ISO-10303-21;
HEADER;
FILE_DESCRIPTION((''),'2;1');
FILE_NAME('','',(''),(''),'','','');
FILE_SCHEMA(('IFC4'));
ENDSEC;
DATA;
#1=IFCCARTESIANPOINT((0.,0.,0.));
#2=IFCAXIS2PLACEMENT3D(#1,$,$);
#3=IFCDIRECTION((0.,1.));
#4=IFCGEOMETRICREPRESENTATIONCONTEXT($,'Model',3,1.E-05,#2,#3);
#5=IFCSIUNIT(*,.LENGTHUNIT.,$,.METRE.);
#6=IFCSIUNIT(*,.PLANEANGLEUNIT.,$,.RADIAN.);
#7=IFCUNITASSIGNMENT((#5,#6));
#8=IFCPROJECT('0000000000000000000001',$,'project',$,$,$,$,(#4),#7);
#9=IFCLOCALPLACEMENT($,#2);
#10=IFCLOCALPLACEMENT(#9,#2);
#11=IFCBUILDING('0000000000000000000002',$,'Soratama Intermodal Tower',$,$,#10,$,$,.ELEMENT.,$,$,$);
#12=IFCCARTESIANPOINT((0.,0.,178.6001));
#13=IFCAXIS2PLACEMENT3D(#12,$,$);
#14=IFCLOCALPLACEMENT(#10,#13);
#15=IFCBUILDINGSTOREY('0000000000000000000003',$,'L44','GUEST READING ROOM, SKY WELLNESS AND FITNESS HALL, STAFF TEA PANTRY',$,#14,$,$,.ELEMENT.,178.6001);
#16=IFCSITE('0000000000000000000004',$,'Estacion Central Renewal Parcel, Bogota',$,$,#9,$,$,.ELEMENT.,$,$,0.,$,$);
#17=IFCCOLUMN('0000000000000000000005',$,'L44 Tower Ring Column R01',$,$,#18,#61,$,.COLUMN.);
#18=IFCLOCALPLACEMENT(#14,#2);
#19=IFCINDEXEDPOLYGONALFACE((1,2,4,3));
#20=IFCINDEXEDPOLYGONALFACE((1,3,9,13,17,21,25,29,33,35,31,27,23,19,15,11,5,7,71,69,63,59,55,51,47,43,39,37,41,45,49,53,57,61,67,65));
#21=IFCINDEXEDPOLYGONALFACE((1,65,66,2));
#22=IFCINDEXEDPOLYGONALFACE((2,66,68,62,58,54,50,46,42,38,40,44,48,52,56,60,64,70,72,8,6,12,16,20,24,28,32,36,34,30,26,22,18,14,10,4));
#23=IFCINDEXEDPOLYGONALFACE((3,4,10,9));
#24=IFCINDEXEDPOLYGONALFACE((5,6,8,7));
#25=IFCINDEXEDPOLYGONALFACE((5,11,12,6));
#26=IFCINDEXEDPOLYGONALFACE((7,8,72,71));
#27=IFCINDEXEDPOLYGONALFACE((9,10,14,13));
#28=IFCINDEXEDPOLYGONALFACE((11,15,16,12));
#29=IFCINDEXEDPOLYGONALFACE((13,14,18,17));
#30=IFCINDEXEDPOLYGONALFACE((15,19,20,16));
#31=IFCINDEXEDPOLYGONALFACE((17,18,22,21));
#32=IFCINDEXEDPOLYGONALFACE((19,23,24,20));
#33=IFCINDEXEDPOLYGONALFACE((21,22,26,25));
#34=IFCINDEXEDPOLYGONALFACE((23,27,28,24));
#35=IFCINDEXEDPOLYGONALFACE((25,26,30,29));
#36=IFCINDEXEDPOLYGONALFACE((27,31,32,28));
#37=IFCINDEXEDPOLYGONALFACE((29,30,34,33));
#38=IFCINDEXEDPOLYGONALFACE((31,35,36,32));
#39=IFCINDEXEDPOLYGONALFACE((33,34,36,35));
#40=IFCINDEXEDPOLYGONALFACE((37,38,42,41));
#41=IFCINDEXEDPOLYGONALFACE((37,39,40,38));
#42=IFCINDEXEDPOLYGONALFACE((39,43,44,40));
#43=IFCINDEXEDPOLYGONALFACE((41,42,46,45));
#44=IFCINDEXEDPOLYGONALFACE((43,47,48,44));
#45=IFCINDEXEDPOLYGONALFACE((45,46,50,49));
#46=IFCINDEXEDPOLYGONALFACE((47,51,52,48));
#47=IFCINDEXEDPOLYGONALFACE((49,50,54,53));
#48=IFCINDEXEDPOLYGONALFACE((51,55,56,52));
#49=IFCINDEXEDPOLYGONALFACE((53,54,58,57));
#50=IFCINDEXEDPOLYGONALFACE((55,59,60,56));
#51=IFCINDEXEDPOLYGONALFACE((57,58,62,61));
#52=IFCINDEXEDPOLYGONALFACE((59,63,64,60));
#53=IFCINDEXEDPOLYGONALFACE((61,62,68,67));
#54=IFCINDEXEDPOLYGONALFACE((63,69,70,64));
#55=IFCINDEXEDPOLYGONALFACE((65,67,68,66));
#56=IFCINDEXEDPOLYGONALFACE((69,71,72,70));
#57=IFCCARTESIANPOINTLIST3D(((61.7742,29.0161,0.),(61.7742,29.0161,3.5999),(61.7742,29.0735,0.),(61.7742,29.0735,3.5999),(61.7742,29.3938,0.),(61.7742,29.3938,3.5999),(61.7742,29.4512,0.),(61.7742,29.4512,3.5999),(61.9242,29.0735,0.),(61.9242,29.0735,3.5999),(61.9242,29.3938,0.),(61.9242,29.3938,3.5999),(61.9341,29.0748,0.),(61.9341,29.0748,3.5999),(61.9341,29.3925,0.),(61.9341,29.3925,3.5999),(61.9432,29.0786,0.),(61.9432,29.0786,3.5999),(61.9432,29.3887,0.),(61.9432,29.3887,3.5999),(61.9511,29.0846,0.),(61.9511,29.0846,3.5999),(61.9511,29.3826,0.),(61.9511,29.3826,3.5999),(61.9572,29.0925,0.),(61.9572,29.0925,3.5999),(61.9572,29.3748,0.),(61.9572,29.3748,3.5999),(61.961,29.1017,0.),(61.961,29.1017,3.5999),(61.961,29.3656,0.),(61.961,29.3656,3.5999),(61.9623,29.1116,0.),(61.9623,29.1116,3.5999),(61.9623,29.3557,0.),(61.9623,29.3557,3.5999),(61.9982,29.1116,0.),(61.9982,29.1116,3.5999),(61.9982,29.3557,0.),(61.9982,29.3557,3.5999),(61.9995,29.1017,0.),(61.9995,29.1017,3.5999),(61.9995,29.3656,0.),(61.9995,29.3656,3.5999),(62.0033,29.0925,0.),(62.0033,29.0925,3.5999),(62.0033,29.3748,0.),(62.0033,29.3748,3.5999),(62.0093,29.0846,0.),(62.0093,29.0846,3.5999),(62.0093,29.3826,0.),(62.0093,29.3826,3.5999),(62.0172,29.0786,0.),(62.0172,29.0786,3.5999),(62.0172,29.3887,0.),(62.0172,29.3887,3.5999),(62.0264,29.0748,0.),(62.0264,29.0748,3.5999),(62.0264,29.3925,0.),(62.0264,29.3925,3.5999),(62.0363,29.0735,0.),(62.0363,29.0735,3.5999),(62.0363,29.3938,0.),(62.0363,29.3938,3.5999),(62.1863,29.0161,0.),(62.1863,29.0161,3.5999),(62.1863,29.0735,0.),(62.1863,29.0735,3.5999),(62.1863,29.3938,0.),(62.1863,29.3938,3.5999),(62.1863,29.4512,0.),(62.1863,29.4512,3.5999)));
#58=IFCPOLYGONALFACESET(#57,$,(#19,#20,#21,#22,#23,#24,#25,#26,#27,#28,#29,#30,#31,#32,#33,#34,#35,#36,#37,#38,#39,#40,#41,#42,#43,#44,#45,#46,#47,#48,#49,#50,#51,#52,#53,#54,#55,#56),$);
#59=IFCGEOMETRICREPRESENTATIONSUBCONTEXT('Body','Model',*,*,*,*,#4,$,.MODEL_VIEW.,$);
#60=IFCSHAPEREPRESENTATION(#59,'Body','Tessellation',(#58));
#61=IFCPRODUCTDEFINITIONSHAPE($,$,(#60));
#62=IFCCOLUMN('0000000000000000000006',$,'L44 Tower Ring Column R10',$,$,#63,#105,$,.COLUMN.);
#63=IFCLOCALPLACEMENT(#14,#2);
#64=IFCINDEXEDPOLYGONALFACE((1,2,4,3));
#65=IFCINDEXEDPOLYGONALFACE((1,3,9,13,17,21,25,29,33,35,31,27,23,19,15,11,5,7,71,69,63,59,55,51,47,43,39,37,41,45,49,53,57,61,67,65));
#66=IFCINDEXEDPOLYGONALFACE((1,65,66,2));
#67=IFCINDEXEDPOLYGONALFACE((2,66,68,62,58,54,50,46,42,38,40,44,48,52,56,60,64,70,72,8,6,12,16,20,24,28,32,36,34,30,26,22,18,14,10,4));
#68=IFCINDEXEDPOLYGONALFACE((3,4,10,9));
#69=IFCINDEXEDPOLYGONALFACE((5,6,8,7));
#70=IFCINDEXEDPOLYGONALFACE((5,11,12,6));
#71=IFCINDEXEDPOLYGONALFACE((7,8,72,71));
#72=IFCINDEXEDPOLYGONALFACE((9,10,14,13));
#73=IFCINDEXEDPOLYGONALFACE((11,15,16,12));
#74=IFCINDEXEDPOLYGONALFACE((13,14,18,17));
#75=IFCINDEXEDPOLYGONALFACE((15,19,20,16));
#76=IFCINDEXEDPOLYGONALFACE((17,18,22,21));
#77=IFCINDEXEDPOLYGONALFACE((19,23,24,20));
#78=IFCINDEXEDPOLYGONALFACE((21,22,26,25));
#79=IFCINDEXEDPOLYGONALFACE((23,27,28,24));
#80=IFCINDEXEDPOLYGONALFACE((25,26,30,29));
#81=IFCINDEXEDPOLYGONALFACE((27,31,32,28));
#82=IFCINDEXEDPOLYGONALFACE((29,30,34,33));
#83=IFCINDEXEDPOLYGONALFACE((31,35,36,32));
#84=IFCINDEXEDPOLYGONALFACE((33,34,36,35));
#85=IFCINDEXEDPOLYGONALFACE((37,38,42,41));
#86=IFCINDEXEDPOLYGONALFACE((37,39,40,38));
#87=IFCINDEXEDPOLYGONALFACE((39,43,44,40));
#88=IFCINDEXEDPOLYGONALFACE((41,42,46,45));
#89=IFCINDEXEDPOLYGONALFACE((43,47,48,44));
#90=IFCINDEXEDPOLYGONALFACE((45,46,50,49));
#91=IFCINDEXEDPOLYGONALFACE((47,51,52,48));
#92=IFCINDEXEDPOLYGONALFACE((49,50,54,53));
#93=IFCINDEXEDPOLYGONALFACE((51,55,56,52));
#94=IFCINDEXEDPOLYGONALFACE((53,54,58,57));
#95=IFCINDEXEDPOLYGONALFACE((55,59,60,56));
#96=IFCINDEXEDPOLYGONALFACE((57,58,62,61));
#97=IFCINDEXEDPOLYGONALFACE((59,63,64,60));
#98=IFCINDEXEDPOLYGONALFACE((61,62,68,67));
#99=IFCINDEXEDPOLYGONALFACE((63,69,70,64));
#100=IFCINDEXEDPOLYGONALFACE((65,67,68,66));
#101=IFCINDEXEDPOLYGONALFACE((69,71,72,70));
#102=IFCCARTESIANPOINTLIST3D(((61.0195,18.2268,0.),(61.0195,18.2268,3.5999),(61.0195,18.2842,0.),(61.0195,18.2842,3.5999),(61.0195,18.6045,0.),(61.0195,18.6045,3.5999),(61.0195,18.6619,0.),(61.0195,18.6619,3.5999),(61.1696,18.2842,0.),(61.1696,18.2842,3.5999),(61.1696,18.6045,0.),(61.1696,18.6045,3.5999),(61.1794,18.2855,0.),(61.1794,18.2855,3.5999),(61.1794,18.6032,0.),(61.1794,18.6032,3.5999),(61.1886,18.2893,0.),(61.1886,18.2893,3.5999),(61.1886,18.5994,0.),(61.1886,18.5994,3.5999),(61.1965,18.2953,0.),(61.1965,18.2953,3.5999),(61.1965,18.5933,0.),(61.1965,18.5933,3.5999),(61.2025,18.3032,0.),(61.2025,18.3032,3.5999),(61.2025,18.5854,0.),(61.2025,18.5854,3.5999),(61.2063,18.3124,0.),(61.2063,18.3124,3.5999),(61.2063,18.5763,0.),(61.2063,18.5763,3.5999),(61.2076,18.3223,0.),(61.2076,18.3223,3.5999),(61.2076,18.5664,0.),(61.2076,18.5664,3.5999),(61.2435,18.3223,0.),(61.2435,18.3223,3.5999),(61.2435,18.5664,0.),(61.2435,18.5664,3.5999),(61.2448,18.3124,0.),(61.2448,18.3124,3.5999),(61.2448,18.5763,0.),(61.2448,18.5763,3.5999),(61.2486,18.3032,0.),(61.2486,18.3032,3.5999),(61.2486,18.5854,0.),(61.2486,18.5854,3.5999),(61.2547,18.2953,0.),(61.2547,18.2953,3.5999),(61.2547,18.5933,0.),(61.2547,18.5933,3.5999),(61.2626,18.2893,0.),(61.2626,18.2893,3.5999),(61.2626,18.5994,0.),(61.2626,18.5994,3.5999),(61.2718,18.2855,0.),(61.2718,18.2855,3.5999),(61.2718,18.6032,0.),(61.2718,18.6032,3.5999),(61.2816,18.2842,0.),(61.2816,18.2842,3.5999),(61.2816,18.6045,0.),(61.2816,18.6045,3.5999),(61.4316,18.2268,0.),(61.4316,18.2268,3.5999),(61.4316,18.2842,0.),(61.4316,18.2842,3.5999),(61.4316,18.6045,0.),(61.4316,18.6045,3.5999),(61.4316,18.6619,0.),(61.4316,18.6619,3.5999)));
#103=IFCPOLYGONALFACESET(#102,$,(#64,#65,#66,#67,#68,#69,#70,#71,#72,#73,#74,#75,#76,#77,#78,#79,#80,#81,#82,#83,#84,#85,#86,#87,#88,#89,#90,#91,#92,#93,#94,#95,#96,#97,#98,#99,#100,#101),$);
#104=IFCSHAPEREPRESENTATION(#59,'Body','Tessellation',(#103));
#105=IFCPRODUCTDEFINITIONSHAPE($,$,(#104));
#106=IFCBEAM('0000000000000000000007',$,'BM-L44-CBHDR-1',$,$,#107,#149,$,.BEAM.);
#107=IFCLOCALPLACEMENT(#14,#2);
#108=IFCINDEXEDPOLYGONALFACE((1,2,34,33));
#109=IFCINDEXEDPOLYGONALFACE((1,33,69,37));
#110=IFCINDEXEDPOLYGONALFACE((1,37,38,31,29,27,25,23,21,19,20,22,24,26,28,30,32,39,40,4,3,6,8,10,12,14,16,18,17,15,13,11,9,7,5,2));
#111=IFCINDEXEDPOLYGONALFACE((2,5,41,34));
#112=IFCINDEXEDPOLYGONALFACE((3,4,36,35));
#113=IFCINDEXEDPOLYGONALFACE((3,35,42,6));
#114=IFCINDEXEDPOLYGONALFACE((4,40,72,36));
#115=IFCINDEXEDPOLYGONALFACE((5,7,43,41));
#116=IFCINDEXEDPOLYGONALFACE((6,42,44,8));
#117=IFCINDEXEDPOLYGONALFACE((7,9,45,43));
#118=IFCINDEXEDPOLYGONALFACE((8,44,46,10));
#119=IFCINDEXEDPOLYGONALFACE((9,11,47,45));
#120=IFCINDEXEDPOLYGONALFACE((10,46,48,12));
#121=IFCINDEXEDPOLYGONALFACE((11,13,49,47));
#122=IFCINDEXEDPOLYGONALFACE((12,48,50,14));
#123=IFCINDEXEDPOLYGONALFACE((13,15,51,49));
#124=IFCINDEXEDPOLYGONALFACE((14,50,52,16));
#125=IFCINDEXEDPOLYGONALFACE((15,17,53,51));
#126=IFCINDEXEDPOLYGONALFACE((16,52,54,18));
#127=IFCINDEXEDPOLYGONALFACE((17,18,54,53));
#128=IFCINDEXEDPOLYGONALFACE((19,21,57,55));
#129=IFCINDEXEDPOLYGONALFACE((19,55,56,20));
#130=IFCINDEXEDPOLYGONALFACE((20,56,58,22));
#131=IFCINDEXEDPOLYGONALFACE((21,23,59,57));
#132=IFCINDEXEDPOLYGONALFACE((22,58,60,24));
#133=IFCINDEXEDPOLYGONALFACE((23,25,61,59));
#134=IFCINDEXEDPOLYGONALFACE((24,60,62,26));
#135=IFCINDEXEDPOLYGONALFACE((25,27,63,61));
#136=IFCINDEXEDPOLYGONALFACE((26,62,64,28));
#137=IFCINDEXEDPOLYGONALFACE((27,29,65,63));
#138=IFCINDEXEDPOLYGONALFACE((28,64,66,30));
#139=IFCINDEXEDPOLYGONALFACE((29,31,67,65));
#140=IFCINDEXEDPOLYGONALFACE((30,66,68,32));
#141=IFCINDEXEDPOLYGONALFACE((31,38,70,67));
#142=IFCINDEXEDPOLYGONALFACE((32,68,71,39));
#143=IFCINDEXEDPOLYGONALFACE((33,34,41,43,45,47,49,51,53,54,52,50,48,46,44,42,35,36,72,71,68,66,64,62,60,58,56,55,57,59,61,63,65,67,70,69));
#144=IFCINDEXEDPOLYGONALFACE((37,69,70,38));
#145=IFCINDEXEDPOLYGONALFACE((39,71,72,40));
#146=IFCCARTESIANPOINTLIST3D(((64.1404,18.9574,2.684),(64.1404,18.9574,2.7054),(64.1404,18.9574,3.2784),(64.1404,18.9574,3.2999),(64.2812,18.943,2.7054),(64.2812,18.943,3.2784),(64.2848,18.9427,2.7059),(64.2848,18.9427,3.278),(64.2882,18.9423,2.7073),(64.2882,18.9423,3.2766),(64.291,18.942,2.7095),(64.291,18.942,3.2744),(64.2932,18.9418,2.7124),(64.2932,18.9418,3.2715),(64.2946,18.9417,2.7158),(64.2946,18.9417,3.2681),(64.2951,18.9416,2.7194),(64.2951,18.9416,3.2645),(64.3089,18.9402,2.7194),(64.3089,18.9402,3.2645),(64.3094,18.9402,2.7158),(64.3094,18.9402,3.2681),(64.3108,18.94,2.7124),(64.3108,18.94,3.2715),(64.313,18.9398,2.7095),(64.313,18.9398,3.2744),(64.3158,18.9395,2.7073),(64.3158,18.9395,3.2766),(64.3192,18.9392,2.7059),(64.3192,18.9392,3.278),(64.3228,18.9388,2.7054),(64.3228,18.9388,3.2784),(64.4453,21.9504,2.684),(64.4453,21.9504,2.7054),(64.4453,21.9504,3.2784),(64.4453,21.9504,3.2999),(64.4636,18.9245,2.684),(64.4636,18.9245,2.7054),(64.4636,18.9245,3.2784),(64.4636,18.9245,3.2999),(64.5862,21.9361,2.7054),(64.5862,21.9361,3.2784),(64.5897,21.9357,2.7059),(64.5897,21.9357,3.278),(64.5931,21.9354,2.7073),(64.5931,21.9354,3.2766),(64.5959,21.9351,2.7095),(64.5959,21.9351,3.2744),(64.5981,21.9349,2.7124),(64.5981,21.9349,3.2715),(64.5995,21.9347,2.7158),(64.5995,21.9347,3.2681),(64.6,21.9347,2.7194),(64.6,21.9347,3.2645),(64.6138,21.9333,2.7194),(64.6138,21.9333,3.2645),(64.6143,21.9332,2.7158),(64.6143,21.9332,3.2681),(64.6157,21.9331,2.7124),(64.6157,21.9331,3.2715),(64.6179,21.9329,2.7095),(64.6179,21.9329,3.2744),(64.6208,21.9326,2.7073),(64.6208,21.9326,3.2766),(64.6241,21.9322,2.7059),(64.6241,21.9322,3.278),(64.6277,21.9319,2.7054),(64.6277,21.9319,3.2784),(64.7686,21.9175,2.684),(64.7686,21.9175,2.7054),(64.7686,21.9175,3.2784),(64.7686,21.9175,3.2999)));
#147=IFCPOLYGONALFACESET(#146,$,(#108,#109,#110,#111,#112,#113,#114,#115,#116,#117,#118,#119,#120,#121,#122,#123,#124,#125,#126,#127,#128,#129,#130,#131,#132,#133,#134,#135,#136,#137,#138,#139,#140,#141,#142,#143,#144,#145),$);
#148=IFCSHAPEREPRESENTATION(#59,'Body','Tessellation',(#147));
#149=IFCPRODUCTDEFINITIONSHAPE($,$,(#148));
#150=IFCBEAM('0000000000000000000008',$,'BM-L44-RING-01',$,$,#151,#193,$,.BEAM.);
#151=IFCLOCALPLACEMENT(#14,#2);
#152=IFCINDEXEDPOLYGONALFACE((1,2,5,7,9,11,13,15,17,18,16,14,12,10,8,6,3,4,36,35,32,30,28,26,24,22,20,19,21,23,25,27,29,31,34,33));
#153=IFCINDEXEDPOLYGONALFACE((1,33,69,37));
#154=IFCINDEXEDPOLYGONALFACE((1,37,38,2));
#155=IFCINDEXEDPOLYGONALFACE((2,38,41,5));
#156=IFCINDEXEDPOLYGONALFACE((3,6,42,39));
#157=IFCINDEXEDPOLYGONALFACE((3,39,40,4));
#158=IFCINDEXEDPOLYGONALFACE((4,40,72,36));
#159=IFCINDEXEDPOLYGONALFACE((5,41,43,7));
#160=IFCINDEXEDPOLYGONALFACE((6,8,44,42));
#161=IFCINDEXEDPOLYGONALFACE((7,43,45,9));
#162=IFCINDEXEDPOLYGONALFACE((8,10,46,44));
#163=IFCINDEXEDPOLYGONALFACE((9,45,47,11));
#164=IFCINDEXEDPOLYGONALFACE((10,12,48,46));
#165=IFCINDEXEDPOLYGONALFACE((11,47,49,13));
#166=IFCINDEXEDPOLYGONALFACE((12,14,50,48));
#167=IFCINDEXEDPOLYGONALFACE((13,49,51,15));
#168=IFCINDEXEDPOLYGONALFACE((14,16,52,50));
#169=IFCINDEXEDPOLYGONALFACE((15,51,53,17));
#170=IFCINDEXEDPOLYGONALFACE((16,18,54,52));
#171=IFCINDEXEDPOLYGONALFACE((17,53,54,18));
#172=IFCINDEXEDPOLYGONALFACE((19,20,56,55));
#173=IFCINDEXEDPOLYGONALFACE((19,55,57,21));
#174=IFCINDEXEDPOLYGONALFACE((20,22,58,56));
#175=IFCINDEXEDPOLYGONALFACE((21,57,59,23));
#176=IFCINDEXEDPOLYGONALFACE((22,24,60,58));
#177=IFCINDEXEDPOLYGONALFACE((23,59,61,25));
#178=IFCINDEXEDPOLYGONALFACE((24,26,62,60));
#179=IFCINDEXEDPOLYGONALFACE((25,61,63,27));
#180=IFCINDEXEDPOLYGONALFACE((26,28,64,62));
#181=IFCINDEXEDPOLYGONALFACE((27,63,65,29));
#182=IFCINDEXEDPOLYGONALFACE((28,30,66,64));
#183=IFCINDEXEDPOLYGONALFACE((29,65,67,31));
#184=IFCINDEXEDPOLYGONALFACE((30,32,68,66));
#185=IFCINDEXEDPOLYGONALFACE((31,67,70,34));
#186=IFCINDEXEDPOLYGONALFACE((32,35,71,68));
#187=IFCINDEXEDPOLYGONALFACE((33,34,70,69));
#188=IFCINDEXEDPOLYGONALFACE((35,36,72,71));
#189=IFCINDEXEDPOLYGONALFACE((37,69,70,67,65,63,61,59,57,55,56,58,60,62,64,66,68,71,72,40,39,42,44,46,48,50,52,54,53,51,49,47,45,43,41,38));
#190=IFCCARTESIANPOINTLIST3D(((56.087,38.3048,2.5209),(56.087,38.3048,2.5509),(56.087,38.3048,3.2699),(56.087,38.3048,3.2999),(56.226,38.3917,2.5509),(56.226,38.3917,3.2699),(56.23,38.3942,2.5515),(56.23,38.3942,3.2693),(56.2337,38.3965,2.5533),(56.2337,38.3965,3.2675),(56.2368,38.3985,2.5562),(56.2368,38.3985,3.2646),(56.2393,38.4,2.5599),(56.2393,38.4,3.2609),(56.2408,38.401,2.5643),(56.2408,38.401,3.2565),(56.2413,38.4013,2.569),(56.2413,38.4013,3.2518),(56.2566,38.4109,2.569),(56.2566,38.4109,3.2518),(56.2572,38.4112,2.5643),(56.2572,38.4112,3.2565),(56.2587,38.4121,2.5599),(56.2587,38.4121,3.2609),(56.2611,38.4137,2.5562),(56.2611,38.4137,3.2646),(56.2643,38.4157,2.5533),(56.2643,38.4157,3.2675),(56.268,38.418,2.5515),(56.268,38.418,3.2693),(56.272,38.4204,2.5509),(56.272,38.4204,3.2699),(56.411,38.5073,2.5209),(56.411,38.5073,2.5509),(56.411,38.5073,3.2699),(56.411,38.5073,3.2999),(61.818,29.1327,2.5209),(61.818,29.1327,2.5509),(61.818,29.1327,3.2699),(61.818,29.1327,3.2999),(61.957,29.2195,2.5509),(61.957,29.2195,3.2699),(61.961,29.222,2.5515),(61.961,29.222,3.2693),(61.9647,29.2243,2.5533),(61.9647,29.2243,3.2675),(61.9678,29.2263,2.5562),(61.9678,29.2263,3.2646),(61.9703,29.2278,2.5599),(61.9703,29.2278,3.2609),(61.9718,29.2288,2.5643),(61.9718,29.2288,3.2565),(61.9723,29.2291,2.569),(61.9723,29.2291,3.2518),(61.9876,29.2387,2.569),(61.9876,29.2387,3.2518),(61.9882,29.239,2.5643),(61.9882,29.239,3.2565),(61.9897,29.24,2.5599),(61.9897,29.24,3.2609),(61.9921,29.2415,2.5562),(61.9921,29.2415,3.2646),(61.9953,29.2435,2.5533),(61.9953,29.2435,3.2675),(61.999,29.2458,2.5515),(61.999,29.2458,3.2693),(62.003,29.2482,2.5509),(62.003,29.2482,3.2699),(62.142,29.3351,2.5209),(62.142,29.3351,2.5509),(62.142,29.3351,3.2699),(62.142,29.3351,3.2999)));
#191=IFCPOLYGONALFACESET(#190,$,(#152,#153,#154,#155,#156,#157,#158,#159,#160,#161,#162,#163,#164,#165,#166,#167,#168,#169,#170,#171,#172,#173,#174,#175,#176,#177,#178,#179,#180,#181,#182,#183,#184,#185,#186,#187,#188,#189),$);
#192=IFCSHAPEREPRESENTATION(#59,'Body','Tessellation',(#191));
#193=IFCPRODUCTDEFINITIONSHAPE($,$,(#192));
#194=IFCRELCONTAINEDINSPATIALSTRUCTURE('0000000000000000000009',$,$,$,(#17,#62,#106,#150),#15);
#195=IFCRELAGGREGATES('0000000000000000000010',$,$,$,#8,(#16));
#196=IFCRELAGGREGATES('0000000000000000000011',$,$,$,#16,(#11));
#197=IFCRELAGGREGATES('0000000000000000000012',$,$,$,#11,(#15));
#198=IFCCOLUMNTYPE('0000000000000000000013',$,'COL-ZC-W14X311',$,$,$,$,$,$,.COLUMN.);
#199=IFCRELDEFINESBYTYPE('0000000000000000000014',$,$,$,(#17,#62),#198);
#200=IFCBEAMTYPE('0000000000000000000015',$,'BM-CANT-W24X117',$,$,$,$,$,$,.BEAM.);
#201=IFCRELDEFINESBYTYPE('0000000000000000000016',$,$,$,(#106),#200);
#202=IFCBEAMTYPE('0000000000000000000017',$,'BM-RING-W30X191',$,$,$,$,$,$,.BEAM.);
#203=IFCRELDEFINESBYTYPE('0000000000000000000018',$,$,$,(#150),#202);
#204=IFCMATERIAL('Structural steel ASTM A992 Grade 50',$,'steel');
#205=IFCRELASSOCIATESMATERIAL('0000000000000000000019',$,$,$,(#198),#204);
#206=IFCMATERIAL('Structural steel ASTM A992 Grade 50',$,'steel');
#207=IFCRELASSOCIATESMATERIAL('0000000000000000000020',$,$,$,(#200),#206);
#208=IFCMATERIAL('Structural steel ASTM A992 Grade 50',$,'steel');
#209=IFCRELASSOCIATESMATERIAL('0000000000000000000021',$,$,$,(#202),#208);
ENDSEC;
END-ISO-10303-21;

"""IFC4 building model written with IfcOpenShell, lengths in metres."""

from ifc_helpers import new_model, si_unit, direction, frame, origin, origin_2d, place, context, subcontext, project, spatial, i_section, extrude, material, material_profile, profile_set, type_object, element, save


model = new_model("IFC4")

# Units and contexts
model_context = context("Model", 3, precision=1e-05, world=origin(), true_north=direction((0.0, 1.0)))
body_context = subcontext(model_context, "Body", "Model", "MODEL_VIEW")
ifc_project = project(units=[si_unit("LENGTHUNIT", "METRE"), si_unit("PLANEANGLEUNIT", "RADIAN")], contexts=[model_context])

# Site, building, storey
site_placement = place(None, origin())
site = spatial("IfcSite", under=ifc_project, at=site_placement, Name="Estacion Central Renewal Parcel, Bogota", CompositionType="ELEMENT", RefElevation=0.0)
building_placement = place(site_placement, origin())
building = spatial("IfcBuilding", under=site, at=building_placement, Name="Soratama Intermodal Tower", CompositionType="ELEMENT")
storey_placement = place(building_placement, frame((0.0, 0.0, 178.6001)))
storey = spatial("IfcBuildingStorey", under=building, at=storey_placement, Name="L44", Description="GUEST READING ROOM, SKY WELLNESS AND FITNESS HALL, STAFF TEA PANTRY", CompositionType="ELEMENT", Elevation=178.6001)

# Columns
ifc_material_1 = material(Name="Structural steel ASTM A992 Grade 50", Category="steel")
ifc_material_profile_1 = material_profile(ifc_material_1, i_section(OverallWidth=0.4121, OverallDepth=0.4351, WebThickness=0.0359, FlangeThickness=0.0574, FilletRadius=0.0381, at=origin_2d()), Name="W14X311")
ifc_profile_set_1 = profile_set([ifc_material_profile_1], Name="Structural steel ASTM A992 Grade 50")
column_type = type_object("IfcColumnType", Name="COL-ZC-W14X311", PredefinedType="COLUMN", material=ifc_profile_set_1)
for number, where, z_axis, x_axis, name in (
    (1, (61.9802, 29.2336, 0.0), (0.0, 0.0, 1.0), (1.0, 0.0, 0.0), "L44 Tower Ring Column R01"),
    (2, (61.2256, 18.4443, 0.0), (0.0, 0.0, 1.0), (1.0, 0.0, 0.0), "L44 Tower Ring Column R10"),
):
    element("IfcColumn", number, at=place(storey_placement, frame(where, z_axis=z_axis, x_axis=x_axis)), inside=storey, type_object=column_type, Name=name, PredefinedType="COLUMN", context=body_context, shape_type="SweptSolid", body=[
        extrude(i_section(OverallWidth=0.4121, OverallDepth=0.4351, WebThickness=0.0359, FlangeThickness=0.0574, FilletRadius=0.0381, at=origin_2d()), origin(), (0.0, 0.0, 1.0), 3.5999),
    ])

# Beams
ifc_material_2 = material(Name="Structural steel ASTM A992 Grade 50", Category="steel")
ifc_material_profile_2 = material_profile(ifc_material_2, i_section(OverallWidth=0.325, OverallDepth=0.616, WebThickness=0.0139, FlangeThickness=0.0215, FilletRadius=0.0139, at=origin_2d()), Name="W24X117")
ifc_profile_set_2 = profile_set([ifc_material_profile_2], Name="Structural steel ASTM A992 Grade 50")
beam_type_1 = type_object("IfcBeamType", Name="BM-CANT-W24X117", PredefinedType="BEAM", material=ifc_profile_set_2)
beam_1_placement = place(storey_placement, frame((64.302, 18.9409, 2.9919), z_axis=(0.101351, 0.994851, 0.0), x_axis=(-0.994851, 0.101351, 0.0)))
element("IfcBeam", 3, at=beam_1_placement, inside=storey, type_object=beam_type_1, Name="BM-L44-CBHDR-1", PredefinedType="BEAM", context=body_context, shape_type="SweptSolid", body=[
    extrude(i_section(OverallWidth=0.325, OverallDepth=0.616, WebThickness=0.0139, FlangeThickness=0.0215, FilletRadius=0.0139, at=origin_2d()), origin(), (0.0, 0.0, 1.0), 3.0085),
])
ifc_material_3 = material(Name="Structural steel ASTM A992 Grade 50", Category="steel")
ifc_material_profile_3 = material_profile(ifc_material_3, i_section(OverallWidth=0.3821, OverallDepth=0.7791, WebThickness=0.0181, FlangeThickness=0.03, FilletRadius=0.0181, at=origin_2d()), Name="W30X191")
ifc_profile_set_3 = profile_set([ifc_material_profile_3], Name="Structural steel ASTM A992 Grade 50")
beam_type_2 = type_object("IfcBeamType", Name="BM-RING-W30X191", PredefinedType="BEAM", material=ifc_profile_set_3)
beam_2_placement = place(storey_placement, frame((61.98, 29.2339, 2.9104), z_axis=(-0.529891, 0.848066, 0.0), x_axis=(-0.848066, -0.529891, 0.0)))
element("IfcBeam", 4, at=beam_2_placement, inside=storey, type_object=beam_type_2, Name="BM-L44-RING-01", PredefinedType="BEAM", context=body_context, shape_type="SweptSolid", body=[
    extrude(i_section(OverallWidth=0.3821, OverallDepth=0.7791, WebThickness=0.0181, FlangeThickness=0.03, FilletRadius=0.0181, at=origin_2d()), origin(), (0.0, 0.0, 1.0), 10.8154),
])

save(model, "model.ifc")
